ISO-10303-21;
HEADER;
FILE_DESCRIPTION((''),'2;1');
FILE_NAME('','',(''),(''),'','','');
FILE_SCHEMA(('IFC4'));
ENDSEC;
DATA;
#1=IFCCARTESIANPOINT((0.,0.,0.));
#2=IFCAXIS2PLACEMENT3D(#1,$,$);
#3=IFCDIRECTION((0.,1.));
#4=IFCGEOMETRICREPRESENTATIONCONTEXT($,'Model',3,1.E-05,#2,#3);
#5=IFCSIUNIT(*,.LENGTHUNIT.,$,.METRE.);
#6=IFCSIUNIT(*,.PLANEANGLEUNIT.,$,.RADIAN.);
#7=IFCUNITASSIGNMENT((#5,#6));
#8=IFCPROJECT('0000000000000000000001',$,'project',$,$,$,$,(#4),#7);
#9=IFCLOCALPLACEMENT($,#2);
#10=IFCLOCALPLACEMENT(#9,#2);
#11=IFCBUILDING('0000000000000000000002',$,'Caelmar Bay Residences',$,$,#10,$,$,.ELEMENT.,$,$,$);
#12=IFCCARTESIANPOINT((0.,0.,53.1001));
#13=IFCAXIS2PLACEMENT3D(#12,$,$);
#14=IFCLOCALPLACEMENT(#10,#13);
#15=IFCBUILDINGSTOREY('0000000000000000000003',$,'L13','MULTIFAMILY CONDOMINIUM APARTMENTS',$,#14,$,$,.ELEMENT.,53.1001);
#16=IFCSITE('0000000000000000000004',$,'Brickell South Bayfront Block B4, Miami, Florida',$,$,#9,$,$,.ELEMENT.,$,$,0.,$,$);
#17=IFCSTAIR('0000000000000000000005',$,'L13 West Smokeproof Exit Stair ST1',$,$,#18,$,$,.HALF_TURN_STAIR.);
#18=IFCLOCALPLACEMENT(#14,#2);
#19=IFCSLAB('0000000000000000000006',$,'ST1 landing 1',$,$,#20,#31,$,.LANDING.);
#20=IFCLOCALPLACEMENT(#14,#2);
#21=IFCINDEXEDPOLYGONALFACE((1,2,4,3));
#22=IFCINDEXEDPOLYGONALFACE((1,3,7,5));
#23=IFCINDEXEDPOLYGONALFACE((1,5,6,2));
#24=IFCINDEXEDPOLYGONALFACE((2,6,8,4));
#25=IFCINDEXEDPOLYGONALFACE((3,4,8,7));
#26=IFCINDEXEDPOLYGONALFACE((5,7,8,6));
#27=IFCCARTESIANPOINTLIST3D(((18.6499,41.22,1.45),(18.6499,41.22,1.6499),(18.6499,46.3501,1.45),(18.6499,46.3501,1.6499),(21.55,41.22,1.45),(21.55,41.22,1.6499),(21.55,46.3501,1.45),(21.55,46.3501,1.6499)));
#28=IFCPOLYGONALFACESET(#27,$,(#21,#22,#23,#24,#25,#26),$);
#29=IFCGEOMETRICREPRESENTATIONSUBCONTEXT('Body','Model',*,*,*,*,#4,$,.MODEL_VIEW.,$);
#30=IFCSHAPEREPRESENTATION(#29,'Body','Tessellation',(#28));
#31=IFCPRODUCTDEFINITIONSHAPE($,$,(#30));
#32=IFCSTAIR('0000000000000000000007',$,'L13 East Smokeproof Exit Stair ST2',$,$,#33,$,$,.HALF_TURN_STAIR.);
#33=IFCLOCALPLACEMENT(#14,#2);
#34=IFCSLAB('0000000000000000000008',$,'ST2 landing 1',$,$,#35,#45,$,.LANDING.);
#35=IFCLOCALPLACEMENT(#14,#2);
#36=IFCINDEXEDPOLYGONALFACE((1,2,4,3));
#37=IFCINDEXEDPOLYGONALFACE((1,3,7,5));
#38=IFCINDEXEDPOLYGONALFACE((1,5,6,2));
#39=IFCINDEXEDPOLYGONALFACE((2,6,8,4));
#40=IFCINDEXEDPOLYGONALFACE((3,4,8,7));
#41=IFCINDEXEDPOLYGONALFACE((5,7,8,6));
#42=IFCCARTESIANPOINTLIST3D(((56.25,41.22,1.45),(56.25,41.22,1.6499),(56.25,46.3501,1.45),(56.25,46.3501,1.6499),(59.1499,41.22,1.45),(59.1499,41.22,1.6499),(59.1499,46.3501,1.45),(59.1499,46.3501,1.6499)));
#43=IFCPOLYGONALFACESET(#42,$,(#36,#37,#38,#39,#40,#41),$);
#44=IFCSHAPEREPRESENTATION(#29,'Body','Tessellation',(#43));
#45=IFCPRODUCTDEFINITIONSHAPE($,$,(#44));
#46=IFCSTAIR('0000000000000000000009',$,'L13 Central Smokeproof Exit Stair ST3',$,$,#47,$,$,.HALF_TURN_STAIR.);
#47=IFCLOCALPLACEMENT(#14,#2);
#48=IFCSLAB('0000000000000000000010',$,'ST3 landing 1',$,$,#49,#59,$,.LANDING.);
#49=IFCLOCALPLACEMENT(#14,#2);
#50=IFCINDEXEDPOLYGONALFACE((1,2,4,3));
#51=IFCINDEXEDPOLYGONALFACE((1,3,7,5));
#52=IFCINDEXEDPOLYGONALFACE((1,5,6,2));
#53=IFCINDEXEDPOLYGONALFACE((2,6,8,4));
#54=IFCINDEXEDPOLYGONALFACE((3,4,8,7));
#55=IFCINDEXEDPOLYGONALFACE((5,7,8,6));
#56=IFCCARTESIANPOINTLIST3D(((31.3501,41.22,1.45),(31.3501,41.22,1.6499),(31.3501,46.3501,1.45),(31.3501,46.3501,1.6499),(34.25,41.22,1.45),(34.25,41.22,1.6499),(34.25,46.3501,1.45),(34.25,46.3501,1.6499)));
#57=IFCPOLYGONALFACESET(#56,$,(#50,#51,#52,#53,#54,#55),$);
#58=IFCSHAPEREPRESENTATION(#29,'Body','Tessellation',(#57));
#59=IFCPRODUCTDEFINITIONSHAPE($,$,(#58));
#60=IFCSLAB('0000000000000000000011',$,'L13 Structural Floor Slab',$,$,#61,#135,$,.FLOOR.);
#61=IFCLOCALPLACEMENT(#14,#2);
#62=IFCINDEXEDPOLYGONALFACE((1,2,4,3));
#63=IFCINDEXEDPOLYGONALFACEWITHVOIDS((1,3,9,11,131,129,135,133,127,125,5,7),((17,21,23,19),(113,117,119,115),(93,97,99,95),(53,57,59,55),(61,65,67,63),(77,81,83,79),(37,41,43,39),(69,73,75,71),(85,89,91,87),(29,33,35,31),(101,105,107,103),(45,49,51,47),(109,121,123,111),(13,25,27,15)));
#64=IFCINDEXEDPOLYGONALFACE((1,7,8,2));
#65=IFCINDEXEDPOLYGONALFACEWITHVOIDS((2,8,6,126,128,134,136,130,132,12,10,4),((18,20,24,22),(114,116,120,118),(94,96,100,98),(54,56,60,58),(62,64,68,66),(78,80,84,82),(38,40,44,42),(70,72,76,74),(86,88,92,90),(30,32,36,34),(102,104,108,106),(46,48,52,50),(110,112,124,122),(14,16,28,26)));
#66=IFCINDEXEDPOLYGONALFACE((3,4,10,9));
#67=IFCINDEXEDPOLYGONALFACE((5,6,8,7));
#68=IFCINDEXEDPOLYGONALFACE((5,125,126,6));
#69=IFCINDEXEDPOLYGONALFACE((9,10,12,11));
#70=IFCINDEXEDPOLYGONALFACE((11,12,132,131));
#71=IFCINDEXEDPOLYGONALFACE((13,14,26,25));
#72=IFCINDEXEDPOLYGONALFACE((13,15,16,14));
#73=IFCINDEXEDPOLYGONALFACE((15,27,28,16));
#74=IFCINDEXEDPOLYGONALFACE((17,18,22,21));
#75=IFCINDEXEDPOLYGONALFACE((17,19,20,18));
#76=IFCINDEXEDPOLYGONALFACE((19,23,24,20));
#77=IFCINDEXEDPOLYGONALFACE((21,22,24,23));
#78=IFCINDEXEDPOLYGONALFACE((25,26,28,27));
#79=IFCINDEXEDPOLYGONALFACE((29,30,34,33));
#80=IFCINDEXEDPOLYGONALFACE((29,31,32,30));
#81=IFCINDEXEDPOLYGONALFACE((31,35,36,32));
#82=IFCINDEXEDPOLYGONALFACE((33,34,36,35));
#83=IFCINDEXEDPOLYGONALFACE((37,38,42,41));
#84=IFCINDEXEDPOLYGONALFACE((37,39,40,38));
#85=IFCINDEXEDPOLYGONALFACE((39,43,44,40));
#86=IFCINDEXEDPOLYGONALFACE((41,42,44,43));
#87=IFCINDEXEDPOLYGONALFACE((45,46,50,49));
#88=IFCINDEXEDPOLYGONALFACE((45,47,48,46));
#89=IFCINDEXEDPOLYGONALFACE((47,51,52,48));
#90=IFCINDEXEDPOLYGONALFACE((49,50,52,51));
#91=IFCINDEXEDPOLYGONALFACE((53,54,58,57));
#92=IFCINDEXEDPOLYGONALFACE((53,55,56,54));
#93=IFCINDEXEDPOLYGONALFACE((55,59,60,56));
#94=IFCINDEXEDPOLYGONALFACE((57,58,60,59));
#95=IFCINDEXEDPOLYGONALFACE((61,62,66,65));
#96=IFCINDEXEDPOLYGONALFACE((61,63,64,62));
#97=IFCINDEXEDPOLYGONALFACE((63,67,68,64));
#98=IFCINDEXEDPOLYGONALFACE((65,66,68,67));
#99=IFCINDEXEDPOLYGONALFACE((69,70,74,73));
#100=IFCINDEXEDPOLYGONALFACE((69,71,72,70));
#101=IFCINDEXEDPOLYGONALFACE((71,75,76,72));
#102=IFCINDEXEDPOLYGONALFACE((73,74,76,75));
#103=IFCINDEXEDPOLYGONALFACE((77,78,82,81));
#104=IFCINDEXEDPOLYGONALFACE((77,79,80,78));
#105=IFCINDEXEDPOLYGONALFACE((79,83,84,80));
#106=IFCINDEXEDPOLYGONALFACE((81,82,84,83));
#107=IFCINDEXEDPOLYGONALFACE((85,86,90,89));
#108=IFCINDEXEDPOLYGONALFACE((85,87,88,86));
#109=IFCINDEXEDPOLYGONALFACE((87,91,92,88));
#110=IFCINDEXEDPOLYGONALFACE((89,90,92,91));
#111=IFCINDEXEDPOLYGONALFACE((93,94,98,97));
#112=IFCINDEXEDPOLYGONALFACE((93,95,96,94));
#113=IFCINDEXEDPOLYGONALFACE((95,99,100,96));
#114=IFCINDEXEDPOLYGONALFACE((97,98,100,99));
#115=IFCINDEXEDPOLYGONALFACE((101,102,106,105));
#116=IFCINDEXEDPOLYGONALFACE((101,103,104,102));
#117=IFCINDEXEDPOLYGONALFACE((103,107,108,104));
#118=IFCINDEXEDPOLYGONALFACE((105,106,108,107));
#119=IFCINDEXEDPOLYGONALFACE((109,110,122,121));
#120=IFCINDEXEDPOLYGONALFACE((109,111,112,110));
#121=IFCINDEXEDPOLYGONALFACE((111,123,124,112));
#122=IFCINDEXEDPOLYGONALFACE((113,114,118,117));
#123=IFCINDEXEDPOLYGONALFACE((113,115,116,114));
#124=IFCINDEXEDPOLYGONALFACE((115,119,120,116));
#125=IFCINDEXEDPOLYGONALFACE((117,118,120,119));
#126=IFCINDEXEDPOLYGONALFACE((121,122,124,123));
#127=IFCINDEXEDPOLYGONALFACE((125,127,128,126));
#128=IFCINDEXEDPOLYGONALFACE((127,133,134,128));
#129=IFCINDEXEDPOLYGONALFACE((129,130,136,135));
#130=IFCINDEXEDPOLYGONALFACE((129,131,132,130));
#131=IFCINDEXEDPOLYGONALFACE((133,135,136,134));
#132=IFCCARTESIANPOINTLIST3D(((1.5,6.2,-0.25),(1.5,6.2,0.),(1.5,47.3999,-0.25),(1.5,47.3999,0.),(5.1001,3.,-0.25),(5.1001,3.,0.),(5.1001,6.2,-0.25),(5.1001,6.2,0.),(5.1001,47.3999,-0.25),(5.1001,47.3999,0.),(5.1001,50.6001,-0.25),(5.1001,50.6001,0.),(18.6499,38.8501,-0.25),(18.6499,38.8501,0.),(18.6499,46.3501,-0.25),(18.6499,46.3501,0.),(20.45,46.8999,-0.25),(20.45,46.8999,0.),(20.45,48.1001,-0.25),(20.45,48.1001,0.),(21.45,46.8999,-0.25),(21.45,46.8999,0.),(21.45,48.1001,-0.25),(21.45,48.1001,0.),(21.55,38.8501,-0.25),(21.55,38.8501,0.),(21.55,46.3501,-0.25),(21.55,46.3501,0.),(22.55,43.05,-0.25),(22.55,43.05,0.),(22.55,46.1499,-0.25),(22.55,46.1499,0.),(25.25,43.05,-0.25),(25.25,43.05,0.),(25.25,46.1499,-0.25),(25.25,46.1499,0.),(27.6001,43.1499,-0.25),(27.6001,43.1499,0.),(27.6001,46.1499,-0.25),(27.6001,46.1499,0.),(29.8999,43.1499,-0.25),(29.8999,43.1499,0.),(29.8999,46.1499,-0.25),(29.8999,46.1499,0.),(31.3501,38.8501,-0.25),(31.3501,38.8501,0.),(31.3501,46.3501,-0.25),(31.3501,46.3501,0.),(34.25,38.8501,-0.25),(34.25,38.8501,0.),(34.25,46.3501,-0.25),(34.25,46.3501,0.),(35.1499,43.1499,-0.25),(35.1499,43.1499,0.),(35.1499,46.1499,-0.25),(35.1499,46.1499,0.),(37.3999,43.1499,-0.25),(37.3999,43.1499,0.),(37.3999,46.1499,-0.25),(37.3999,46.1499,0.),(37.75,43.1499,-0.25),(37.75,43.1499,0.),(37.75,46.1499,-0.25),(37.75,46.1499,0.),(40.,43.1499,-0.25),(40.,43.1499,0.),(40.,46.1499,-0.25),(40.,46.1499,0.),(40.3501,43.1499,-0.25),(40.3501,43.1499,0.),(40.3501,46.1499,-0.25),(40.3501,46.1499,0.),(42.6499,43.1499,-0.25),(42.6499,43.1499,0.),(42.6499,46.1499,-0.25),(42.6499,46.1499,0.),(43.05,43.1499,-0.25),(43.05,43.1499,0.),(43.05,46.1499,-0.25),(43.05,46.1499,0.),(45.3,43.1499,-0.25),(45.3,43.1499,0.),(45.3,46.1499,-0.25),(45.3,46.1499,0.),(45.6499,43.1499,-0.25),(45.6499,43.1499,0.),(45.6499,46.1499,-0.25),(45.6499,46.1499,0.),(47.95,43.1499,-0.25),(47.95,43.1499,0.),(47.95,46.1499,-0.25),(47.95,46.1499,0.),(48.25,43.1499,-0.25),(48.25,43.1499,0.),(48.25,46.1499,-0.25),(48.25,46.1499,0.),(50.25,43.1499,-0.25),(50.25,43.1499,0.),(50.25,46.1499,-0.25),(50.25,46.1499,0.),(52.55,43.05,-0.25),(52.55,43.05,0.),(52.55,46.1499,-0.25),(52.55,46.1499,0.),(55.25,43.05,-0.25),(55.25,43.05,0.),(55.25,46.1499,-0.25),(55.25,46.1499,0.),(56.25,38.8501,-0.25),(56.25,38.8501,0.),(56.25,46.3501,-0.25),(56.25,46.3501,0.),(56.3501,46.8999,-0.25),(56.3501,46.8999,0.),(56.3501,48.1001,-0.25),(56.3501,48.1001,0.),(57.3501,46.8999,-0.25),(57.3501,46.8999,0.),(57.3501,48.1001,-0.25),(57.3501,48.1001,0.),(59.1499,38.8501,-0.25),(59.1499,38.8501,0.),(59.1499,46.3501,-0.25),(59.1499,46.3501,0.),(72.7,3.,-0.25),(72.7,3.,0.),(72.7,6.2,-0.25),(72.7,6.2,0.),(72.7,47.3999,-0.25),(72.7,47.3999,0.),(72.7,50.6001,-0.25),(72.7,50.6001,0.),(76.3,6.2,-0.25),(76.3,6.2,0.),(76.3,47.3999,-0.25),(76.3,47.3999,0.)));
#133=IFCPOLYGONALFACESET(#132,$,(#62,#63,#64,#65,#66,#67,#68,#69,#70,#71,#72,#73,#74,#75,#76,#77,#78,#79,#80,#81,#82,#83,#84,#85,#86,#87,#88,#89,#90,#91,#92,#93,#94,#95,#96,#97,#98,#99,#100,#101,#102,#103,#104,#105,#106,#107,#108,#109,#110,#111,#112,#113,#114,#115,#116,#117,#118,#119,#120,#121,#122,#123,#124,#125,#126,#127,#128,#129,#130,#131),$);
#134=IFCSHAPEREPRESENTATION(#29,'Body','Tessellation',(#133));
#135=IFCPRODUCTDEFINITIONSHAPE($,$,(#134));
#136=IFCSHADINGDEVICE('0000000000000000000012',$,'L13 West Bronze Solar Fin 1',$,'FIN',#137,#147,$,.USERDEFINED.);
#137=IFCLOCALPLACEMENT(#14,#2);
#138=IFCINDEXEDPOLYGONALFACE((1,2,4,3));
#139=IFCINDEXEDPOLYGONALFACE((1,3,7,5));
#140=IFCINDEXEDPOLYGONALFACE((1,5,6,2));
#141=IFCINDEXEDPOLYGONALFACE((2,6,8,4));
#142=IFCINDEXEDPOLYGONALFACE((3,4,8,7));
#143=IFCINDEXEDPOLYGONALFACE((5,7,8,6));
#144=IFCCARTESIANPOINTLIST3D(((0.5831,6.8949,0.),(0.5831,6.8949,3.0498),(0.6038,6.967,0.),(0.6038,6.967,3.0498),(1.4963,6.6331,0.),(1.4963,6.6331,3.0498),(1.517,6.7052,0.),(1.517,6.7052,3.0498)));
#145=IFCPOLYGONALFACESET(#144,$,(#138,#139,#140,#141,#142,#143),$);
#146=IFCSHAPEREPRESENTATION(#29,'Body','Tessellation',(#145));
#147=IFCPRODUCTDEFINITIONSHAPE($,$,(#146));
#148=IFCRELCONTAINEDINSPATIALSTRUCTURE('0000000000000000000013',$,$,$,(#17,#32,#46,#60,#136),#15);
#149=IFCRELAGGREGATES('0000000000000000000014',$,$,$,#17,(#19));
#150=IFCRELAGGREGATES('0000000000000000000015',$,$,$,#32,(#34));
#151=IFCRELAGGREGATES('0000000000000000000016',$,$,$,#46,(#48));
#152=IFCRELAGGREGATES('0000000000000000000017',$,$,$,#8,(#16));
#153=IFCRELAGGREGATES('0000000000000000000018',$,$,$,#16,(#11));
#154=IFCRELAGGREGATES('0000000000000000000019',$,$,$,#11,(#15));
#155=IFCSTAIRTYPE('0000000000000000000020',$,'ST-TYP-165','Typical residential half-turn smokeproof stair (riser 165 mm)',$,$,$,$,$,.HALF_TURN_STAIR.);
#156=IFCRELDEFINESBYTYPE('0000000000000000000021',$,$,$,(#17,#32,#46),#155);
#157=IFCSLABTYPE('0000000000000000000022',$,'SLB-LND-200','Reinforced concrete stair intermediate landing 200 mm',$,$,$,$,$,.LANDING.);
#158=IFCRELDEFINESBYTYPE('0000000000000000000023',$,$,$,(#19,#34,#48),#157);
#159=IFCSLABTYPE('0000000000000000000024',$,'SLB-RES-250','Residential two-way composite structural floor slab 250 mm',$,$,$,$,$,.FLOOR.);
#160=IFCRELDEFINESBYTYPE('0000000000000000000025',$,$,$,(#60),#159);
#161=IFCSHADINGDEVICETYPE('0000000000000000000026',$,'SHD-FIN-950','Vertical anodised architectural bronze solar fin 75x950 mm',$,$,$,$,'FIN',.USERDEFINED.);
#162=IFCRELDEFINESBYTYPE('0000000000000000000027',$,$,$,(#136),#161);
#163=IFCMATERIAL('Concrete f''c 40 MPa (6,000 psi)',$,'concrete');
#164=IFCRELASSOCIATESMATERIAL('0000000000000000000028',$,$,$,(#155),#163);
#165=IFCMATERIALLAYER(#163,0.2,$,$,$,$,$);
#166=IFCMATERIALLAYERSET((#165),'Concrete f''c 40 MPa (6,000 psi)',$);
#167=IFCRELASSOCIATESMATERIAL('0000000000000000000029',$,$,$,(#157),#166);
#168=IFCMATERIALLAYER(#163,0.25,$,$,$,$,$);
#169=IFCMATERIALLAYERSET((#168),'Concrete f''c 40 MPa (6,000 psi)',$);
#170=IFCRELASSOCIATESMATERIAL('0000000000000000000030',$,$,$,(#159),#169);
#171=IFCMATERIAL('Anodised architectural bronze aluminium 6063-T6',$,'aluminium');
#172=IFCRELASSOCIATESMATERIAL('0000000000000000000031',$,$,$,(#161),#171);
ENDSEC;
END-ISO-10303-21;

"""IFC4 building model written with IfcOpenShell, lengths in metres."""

from ifc_helpers import new_model, si_unit, direction, frame, origin, origin_2d, place, context, subcontext, project, spatial, polyline, rectangle, outline, extrude, material, layer, layer_set, material_profile, profile_set, type_object, element, aggregate, save


model = new_model("IFC4")

# Units and contexts
model_context = context("Model", 3, precision=1e-05, world=origin(), true_north=direction((0.0, 1.0)))
body_context = subcontext(model_context, "Body", "Model", "MODEL_VIEW")
ifc_project = project(units=[si_unit("LENGTHUNIT", "METRE"), si_unit("PLANEANGLEUNIT", "RADIAN")], contexts=[model_context])

# Site, building, storey
site_placement = place(None, origin())
site = spatial("IfcSite", under=ifc_project, at=site_placement, Name="Brickell South Bayfront Block B4, Miami, Florida", CompositionType="ELEMENT", RefElevation=0.0)
building_placement = place(site_placement, origin())
building = spatial("IfcBuilding", under=site, at=building_placement, Name="Caelmar Bay Residences", CompositionType="ELEMENT")
storey_placement = place(building_placement, frame((0.0, 0.0, 53.1001)))
storey = spatial("IfcBuildingStorey", under=building, at=storey_placement, Name="L13", Description="MULTIFAMILY CONDOMINIUM APARTMENTS", CompositionType="ELEMENT", Elevation=53.1001)

# Shared definitions
ifc_material_1 = material(Name="Concrete f'c 40 MPa (6,000 psi)", Category="concrete")

# Stairs, slabs
stair_type = type_object("IfcStairType", Name="ST-TYP-165", Description="Typical residential half-turn smokeproof stair (riser 165 mm)", PredefinedType="HALF_TURN_STAIR", material=ifc_material_1)
stair_1_placement = place(storey_placement, origin())
stair_1 = element("IfcStair", 1, at=stair_1_placement, inside=storey, type_object=stair_type, Name="L13 West Smokeproof Exit Stair ST1", PredefinedType="HALF_TURN_STAIR")
ifc_layer_1 = layer(ifc_material_1, 0.2)
ifc_layer_set_1 = layer_set([ifc_layer_1], Name="Concrete f'c 40 MPa (6,000 psi)")
slab_type_1 = type_object("IfcSlabType", Name="SLB-LND-200", Description="Reinforced concrete stair intermediate landing 200 mm", PredefinedType="LANDING", material=ifc_layer_set_1)
slab_1_placement = place(storey_placement, frame((0.0, 0.0, 1.45)))
slab_1 = element("IfcSlab", 2, at=slab_1_placement, type_object=slab_type_1, Name="ST1 landing 1", PredefinedType="LANDING", context=body_context, shape_type="SweptSolid", body=[
    extrude(outline(polyline([(21.55, 41.22), (21.55, 46.3501), (18.6499, 46.3501), (18.6499, 41.22), (21.55, 41.22)])), origin(), (0.0, 0.0, 1.0), 0.2),
])
aggregate(stair_1, [slab_1])
stair_2_placement = place(storey_placement, origin())
stair_2 = element("IfcStair", 3, at=stair_2_placement, inside=storey, type_object=stair_type, Name="L13 East Smokeproof Exit Stair ST2", PredefinedType="HALF_TURN_STAIR")
slab_2_placement = place(storey_placement, frame((0.0, 0.0, 1.45)))
slab_2 = element("IfcSlab", 4, at=slab_2_placement, type_object=slab_type_1, Name="ST2 landing 1", PredefinedType="LANDING", context=body_context, shape_type="SweptSolid", body=[
    extrude(outline(polyline([(59.1499, 41.22), (59.1499, 46.3501), (56.25, 46.3501), (56.25, 41.22), (59.1499, 41.22)])), origin(), (0.0, 0.0, 1.0), 0.2),
])
aggregate(stair_2, [slab_2])
stair_3_placement = place(storey_placement, origin())
stair_3 = element("IfcStair", 5, at=stair_3_placement, inside=storey, type_object=stair_type, Name="L13 Central Smokeproof Exit Stair ST3", PredefinedType="HALF_TURN_STAIR")
slab_3_placement = place(storey_placement, frame((0.0, 0.0, 1.45)))
slab_3 = element("IfcSlab", 6, at=slab_3_placement, type_object=slab_type_1, Name="ST3 landing 1", PredefinedType="LANDING", context=body_context, shape_type="SweptSolid", body=[
    extrude(outline(polyline([(34.25, 41.22), (34.25, 46.3501), (31.3501, 46.3501), (31.3501, 41.22), (34.25, 41.22)])), origin(), (0.0, 0.0, 1.0), 0.2),
])
aggregate(stair_3, [slab_3])

# Slab
ifc_layer_2 = layer(ifc_material_1, 0.25)
ifc_layer_set_2 = layer_set([ifc_layer_2], Name="Concrete f'c 40 MPa (6,000 psi)")
slab_type_2 = type_object("IfcSlabType", Name="SLB-RES-250", Description="Residential two-way composite structural floor slab 250 mm", PredefinedType="FLOOR", material=ifc_layer_set_2)
slab_4_placement = place(storey_placement, frame((0.0, 0.0, -0.25)))
element("IfcSlab", 7, at=slab_4_placement, inside=storey, type_object=slab_type_2, Name="L13 Structural Floor Slab", PredefinedType="FLOOR", context=body_context, shape_type="SweptSolid", body=[
    extrude(outline(polyline([(5.1001, 3.0), (72.7, 3.0), (72.7, 6.2), (76.3, 6.2), (76.3, 47.3999), (72.7, 47.3999), (72.7, 50.6001), (5.1001, 50.6001), (5.1001, 47.3999), (1.5, 47.3999), (1.5, 6.2), (5.1001, 6.2), (5.1001, 3.0)]), holes=[polyline([(18.6499, 38.8501), (21.55, 38.8501), (21.55, 46.3501), (18.6499, 46.3501), (18.6499, 38.8501)]), polyline([(56.25, 38.8501), (59.1499, 38.8501), (59.1499, 46.3501), (56.25, 46.3501), (56.25, 38.8501)]), polyline([(31.3501, 38.8501), (34.25, 38.8501), (34.25, 46.3501), (31.3501, 46.3501), (31.3501, 38.8501)]), polyline([(22.55, 43.05), (25.25, 43.05), (25.25, 46.1499), (22.55, 46.1499), (22.55, 43.05)]), polyline([(52.55, 43.05), (55.25, 43.05), (55.25, 46.1499), (52.55, 46.1499), (52.55, 43.05)]), polyline([(35.1499, 43.1499), (37.3999, 43.1499), (37.3999, 46.1499), (35.1499, 46.1499), (35.1499, 43.1499)]), polyline([(37.75, 43.1499), (40.0, 43.1499), (40.0, 46.1499), (37.75, 46.1499), (37.75, 43.1499)]), polyline([(40.3501, 43.1499), (42.6499, 43.1499), (42.6499, 46.1499), (40.3501, 46.1499), (40.3501, 43.1499)]), polyline([(43.05, 43.1499), (45.3, 43.1499), (45.3, 46.1499), (43.05, 46.1499), (43.05, 43.1499)]), polyline([(45.6499, 43.1499), (47.95, 43.1499), (47.95, 46.1499), (45.6499, 46.1499), (45.6499, 43.1499)]), polyline([(48.25, 43.1499), (50.25, 43.1499), (50.25, 46.1499), (48.25, 46.1499), (48.25, 43.1499)]), polyline([(27.6001, 43.1499), (29.8999, 43.1499), (29.8999, 46.1499), (27.6001, 46.1499), (27.6001, 43.1499)]), polyline([(20.45, 46.8999), (21.45, 46.8999), (21.45, 48.1001), (20.45, 48.1001), (20.45, 46.8999)]), polyline([(56.3501, 46.8999), (57.3501, 46.8999), (57.3501, 48.1001), (56.3501, 48.1001), (56.3501, 46.8999)])]), origin(), (0.0, 0.0, 1.0), 0.25),
])

# Shading device
ifc_material_2 = material(Name="Anodised architectural bronze aluminium 6063-T6", Category="aluminium")
ifc_material_profile_1 = material_profile(ifc_material_2, rectangle(XDim=0.075, YDim=0.95, at=origin_2d()), Name="BRONZE-FIN-75X950")
ifc_profile_set_1 = profile_set([ifc_material_profile_1], Name="Anodised architectural bronze aluminium 6063-T6")
shading_device_type = type_object("IfcShadingDeviceType", Name="SHD-FIN-950", Description="Vertical anodised architectural bronze solar fin 75x950 mm", ElementType="FIN", PredefinedType="USERDEFINED", material=ifc_profile_set_1)
shading_device_placement = place(storey_placement, frame((1.05, 6.8, 0.0), z_axis=(0.0, 0.0, 1.0), x_axis=(0.275637, 0.961262, 0.0)))
element("IfcShadingDevice", 8, at=shading_device_placement, inside=storey, type_object=shading_device_type, Name="L13 West Bronze Solar Fin 1", ObjectType="FIN", PredefinedType="USERDEFINED", context=body_context, shape_type="SweptSolid", body=[
    extrude(rectangle(XDim=0.075, YDim=0.95, at=origin_2d()), origin(), (0.0, 0.0, 1.0), 3.0498),
])

save(model, "model.ifc")
